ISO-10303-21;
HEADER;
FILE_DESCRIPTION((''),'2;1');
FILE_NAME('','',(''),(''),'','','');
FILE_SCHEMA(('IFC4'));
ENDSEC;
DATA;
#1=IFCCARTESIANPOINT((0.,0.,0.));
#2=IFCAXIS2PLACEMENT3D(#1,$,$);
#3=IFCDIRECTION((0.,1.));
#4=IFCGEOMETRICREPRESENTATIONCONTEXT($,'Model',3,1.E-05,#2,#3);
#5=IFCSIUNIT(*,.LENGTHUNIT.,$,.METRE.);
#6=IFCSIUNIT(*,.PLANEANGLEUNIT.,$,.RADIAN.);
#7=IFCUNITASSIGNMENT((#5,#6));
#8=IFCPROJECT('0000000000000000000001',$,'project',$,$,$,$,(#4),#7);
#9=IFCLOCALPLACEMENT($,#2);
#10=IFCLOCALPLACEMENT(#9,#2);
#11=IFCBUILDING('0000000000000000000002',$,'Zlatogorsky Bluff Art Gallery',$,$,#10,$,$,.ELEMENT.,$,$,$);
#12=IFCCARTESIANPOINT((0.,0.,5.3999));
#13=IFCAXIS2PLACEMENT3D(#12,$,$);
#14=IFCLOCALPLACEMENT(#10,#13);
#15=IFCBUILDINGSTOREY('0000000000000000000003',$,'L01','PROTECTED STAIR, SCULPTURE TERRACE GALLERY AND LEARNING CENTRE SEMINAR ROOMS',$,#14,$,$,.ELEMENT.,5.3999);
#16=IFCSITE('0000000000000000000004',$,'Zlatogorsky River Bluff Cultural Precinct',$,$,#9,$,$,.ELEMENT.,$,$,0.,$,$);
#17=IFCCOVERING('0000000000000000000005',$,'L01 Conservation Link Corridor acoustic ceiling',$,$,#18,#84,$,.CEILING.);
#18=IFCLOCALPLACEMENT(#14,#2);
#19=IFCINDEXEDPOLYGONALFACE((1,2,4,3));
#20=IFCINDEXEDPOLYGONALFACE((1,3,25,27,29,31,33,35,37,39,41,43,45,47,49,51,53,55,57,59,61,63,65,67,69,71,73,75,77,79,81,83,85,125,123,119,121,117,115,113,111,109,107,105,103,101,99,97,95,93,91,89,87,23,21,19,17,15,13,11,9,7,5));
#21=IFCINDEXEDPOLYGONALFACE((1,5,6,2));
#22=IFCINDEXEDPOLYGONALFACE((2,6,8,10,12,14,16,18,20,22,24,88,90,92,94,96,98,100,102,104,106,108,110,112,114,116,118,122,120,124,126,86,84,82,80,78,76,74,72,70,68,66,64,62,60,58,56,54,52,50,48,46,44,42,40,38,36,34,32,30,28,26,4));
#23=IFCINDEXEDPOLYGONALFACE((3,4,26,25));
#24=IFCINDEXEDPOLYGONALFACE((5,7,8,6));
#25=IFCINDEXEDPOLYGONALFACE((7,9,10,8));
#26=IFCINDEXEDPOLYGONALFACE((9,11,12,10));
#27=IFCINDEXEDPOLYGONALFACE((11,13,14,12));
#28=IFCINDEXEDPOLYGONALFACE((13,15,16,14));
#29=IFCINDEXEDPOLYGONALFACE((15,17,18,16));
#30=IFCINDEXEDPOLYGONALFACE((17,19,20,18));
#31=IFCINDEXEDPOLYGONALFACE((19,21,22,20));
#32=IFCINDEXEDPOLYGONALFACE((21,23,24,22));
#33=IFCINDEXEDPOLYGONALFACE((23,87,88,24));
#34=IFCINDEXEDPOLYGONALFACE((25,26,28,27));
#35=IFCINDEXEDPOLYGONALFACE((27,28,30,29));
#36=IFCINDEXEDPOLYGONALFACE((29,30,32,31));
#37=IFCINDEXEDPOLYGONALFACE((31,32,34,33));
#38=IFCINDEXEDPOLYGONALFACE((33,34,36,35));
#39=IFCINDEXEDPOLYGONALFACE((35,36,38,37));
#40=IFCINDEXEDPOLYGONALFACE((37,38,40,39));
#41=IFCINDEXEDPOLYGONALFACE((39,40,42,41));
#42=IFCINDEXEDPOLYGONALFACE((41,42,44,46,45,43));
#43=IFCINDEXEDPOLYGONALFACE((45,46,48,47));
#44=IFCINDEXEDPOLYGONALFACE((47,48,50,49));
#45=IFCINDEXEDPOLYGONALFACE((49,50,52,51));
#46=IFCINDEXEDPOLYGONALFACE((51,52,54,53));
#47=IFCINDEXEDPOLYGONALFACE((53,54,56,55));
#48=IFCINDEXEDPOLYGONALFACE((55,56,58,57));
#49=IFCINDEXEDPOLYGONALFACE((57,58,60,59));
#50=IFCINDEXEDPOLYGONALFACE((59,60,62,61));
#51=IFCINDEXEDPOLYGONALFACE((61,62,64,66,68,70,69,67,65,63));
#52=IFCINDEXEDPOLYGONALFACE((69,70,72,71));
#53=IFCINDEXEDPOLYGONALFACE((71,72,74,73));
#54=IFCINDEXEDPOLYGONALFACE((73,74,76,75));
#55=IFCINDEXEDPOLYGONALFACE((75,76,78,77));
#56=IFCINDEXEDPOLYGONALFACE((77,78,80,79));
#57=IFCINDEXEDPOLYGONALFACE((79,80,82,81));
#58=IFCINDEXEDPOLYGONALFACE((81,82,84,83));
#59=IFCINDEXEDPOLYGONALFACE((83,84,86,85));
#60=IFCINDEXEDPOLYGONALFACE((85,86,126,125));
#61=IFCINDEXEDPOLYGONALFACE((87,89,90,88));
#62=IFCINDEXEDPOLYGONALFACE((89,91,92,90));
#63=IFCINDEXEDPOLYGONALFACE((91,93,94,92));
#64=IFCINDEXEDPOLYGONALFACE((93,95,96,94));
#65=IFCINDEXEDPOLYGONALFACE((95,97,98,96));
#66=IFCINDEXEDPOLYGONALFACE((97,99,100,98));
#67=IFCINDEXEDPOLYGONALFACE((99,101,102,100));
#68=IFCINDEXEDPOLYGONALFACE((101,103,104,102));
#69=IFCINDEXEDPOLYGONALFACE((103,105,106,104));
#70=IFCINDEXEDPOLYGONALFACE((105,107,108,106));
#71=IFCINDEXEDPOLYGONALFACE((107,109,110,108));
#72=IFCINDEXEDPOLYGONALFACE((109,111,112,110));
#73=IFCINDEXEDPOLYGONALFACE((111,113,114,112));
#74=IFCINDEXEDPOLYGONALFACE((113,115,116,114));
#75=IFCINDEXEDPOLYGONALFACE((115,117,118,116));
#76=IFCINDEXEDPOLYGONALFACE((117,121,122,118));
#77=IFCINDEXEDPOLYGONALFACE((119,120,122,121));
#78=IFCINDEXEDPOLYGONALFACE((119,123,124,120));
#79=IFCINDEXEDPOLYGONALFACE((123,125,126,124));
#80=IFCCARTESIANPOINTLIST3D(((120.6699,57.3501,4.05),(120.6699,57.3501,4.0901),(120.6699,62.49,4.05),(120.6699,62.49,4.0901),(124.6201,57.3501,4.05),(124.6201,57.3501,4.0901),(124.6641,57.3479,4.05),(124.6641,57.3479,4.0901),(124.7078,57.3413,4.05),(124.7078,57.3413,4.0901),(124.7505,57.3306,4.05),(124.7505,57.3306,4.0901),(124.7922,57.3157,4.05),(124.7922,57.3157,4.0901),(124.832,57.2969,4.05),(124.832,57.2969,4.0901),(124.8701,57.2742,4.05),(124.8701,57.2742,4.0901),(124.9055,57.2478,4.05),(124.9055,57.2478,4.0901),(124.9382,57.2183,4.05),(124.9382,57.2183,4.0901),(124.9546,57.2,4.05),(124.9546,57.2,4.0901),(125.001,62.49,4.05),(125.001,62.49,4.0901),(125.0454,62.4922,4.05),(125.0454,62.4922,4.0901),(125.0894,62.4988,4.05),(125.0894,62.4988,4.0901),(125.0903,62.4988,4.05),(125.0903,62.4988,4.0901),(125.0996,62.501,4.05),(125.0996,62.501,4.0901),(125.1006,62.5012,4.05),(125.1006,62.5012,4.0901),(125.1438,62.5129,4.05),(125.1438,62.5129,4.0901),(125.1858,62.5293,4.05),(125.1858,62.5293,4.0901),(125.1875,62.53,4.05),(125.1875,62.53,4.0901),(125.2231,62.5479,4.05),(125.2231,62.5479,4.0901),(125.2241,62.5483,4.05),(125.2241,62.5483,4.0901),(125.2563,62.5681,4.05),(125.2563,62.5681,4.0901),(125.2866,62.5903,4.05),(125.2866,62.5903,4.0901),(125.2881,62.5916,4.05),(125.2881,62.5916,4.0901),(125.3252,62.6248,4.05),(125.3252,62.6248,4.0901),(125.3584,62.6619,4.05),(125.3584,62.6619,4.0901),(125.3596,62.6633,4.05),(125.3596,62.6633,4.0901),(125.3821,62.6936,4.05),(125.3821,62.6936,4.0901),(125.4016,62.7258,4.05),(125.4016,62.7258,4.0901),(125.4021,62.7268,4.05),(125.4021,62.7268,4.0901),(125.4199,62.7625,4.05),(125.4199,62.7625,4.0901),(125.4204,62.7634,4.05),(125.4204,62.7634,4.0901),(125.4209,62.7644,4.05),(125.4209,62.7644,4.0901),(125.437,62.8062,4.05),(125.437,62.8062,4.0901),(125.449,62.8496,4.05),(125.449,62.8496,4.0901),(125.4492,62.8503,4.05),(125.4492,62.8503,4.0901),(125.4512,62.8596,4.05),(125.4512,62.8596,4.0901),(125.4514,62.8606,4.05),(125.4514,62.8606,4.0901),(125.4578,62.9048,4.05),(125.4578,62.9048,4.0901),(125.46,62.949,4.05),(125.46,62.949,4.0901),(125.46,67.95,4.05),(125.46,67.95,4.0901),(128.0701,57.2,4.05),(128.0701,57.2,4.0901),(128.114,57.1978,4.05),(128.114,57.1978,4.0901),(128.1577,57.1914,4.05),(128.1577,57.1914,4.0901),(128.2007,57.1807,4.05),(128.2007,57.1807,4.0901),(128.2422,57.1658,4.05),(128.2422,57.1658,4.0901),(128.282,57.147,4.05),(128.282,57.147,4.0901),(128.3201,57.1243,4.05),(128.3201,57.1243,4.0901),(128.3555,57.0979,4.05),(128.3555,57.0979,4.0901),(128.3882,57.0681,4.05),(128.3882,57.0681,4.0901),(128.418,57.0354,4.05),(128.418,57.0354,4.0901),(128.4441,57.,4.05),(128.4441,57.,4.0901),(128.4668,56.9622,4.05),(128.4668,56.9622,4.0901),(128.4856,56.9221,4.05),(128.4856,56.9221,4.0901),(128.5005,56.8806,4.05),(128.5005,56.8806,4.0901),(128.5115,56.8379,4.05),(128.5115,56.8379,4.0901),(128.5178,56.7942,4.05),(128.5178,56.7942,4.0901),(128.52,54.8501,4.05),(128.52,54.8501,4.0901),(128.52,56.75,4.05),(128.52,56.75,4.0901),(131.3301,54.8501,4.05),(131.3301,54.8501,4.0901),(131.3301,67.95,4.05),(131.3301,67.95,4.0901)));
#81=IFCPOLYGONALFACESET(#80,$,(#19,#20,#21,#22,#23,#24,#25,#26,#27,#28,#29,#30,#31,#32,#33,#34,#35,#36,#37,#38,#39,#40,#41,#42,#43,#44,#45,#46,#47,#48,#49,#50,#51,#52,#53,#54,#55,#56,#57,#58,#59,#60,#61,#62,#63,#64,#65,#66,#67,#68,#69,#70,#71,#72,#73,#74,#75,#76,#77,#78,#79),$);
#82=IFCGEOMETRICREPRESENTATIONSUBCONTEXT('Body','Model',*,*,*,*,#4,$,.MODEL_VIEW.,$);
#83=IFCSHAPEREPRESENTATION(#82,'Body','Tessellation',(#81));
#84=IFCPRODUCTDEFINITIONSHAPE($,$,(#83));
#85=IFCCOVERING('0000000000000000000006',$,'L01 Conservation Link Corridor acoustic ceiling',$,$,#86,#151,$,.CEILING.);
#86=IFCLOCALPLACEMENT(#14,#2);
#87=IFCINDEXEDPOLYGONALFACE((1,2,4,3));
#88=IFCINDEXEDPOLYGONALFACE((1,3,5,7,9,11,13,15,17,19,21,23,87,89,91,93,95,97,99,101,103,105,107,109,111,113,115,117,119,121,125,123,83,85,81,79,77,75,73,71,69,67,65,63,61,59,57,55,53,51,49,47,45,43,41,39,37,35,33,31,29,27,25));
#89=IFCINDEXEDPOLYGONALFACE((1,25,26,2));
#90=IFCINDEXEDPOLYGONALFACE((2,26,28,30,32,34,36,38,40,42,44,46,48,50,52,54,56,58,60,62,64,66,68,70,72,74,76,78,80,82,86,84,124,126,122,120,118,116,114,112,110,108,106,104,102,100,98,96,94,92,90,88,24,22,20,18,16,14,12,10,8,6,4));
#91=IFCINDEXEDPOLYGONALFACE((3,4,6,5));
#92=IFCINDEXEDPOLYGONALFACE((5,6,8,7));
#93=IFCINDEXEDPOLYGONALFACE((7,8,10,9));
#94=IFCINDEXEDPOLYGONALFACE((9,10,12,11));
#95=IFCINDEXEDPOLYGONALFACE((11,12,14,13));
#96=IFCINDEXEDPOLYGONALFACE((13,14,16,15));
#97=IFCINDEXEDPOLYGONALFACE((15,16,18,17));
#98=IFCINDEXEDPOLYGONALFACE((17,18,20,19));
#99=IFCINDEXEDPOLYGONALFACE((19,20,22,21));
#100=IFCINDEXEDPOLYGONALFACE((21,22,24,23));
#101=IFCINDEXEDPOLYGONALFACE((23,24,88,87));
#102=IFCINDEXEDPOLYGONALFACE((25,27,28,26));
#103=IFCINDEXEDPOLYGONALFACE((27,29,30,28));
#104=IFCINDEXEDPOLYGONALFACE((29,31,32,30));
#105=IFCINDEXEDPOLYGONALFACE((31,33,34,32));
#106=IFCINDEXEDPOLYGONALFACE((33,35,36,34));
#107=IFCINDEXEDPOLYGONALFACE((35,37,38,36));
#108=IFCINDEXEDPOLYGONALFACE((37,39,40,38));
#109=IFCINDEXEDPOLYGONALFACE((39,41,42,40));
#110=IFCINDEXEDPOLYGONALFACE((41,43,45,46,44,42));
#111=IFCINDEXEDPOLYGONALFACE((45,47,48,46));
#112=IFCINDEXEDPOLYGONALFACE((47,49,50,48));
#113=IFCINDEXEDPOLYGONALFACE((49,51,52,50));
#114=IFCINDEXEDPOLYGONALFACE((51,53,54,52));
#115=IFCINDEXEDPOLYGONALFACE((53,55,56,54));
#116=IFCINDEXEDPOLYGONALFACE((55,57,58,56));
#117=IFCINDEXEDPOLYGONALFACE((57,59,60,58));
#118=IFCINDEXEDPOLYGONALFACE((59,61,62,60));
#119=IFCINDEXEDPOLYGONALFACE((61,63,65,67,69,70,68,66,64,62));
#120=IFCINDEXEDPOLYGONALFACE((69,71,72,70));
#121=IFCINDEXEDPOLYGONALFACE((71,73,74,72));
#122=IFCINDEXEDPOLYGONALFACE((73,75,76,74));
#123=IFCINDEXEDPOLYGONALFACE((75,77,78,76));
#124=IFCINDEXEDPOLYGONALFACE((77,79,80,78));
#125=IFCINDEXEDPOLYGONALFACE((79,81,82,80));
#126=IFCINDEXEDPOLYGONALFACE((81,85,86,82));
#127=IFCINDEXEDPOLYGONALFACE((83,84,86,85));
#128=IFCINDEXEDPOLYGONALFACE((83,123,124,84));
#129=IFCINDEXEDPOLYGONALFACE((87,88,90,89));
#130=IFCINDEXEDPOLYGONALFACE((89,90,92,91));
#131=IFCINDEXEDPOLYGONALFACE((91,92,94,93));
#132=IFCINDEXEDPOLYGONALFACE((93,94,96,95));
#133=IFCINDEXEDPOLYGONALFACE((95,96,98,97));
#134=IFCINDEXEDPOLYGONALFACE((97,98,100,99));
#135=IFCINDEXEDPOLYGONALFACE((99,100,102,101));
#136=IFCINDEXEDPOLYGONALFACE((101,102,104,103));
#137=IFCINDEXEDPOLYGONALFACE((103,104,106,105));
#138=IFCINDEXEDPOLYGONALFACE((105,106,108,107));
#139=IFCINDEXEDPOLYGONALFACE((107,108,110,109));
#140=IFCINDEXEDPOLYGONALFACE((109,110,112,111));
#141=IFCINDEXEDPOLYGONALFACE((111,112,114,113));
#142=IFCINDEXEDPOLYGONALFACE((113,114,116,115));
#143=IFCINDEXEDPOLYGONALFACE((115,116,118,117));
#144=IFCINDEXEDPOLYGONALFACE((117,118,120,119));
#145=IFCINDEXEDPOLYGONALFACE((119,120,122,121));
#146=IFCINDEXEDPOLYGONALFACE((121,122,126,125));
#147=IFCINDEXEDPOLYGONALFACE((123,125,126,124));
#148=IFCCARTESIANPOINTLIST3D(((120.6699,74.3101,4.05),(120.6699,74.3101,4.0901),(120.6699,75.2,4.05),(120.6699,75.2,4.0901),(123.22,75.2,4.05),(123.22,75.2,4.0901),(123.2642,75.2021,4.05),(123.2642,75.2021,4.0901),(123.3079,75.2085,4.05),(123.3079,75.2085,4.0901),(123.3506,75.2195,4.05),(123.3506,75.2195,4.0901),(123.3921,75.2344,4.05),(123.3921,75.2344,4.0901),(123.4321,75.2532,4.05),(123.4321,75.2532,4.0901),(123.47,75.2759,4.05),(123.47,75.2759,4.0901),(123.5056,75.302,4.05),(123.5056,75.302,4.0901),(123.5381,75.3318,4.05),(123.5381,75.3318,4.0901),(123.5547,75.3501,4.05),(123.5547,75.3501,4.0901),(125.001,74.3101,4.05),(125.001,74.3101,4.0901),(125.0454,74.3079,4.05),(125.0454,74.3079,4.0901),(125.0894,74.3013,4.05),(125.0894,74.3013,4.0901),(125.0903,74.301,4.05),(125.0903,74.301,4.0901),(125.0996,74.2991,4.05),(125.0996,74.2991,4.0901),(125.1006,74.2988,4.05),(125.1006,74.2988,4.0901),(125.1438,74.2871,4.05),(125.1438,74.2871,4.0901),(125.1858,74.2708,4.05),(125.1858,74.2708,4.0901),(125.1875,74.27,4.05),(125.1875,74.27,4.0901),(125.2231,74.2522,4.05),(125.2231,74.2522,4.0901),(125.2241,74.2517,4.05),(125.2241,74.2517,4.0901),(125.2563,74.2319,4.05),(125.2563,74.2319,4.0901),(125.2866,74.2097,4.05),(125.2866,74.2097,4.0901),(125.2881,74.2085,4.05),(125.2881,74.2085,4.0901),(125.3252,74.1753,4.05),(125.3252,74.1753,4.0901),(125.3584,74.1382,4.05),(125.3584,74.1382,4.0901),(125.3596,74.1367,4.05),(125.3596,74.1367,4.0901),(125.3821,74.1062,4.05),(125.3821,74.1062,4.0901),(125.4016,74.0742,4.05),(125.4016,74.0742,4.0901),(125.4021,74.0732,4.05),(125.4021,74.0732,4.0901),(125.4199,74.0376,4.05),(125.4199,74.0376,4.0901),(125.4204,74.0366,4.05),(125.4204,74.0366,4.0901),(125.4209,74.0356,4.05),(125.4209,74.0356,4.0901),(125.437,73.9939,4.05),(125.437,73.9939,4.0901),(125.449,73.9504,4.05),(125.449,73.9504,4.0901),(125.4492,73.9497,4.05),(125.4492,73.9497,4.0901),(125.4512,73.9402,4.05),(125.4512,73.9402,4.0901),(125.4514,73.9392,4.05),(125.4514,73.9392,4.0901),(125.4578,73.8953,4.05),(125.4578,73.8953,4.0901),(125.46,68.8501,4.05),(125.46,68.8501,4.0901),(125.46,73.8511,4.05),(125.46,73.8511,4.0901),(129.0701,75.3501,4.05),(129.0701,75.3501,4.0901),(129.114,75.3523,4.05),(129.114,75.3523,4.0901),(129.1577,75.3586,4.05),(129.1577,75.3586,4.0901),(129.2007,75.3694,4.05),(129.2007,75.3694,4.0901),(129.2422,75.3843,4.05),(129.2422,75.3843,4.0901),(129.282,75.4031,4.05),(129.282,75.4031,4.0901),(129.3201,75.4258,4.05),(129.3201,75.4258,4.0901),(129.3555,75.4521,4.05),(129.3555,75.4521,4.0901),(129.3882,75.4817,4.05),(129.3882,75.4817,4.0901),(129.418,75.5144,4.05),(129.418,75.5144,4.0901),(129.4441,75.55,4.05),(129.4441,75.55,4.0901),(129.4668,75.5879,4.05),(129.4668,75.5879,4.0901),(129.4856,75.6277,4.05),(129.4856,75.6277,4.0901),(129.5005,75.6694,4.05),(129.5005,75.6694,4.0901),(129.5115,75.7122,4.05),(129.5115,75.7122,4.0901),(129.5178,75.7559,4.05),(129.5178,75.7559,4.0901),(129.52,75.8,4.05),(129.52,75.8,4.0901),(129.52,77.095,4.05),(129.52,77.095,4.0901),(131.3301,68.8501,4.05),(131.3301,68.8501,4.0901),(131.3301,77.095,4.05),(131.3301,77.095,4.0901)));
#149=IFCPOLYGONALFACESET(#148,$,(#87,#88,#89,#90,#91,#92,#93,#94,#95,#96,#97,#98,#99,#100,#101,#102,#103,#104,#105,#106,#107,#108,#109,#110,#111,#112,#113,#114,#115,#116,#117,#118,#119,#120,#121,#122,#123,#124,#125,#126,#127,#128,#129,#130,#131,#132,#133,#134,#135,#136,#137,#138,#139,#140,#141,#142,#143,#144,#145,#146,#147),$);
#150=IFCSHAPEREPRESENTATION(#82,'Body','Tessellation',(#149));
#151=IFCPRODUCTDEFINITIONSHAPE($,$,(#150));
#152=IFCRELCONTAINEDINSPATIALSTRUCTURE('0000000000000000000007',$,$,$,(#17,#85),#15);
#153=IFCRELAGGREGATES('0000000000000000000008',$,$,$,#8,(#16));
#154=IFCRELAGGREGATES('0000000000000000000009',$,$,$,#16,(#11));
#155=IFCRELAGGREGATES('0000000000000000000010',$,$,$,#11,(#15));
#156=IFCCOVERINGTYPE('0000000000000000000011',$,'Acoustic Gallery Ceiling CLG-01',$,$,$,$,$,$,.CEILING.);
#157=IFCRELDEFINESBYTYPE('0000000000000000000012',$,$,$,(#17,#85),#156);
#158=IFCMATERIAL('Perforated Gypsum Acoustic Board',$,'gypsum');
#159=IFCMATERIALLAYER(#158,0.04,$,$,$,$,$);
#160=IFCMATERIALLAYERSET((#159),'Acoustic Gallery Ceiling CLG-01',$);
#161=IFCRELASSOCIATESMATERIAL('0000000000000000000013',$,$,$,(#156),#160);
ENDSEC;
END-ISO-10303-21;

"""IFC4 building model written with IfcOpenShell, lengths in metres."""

from ifc_helpers import new_model, si_unit, direction, frame, origin, place, context, subcontext, project, spatial, polyline, outline, extrude, material, layer, layer_set, type_object, element, save


model = new_model("IFC4")

# Units and contexts
model_context = context("Model", 3, precision=1e-05, world=origin(), true_north=direction((0.0, 1.0)))
body_context = subcontext(model_context, "Body", "Model", "MODEL_VIEW")
ifc_project = project(units=[si_unit("LENGTHUNIT", "METRE"), si_unit("PLANEANGLEUNIT", "RADIAN")], contexts=[model_context])

# Site, building, storey
site_placement = place(None, origin())
site = spatial("IfcSite", under=ifc_project, at=site_placement, Name="Zlatogorsky River Bluff Cultural Precinct", CompositionType="ELEMENT", RefElevation=0.0)
building_placement = place(site_placement, origin())
building = spatial("IfcBuilding", under=site, at=building_placement, Name="Zlatogorsky Bluff Art Gallery", CompositionType="ELEMENT")
storey_placement = place(building_placement, frame((0.0, 0.0, 5.3999)))
storey = spatial("IfcBuildingStorey", under=building, at=storey_placement, Name="L01", Description="PROTECTED STAIR, SCULPTURE TERRACE GALLERY AND LEARNING CENTRE SEMINAR ROOMS", CompositionType="ELEMENT", Elevation=5.3999)

# Coverings
ifc_material_1 = material(Name="Perforated Gypsum Acoustic Board", Category="gypsum")
ifc_layer_1 = layer(ifc_material_1, 0.04)
ifc_layer_set_1 = layer_set([ifc_layer_1], Name="Acoustic Gallery Ceiling CLG-01")
covering_type_1 = type_object("IfcCoveringType", Name="Acoustic Gallery Ceiling CLG-01", PredefinedType="CEILING", material=ifc_layer_set_1)
covering_1_placement = place(storey_placement, frame((0.0, 0.0, 4.05)))
element("IfcCovering", 1, at=covering_1_placement, inside=storey, type_object=covering_type_1, Name="L01 Conservation Link Corridor acoustic ceiling", PredefinedType="CEILING", context=body_context, shape_type="SweptSolid", body=[
    extrude(outline(polyline([(120.6699, 62.49), (125.001, 62.49), (125.0454, 62.4922), (125.0894, 62.4988), (125.0903, 62.4988), (125.0996, 62.501), (125.1006, 62.5012), (125.1438, 62.5129), (125.1858, 62.5293), (125.1875, 62.53), (125.2231, 62.5479), (125.2241, 62.5483), (125.2563, 62.5681), (125.2866, 62.5903), (125.2881, 62.5916), (125.3252, 62.6248), (125.3584, 62.6619), (125.3596, 62.6633), (125.3821, 62.6936), (125.4016, 62.7258), (125.4021, 62.7268), (125.4199, 62.7625), (125.4204, 62.7634), (125.4209, 62.7644), (125.437, 62.8062), (125.449, 62.8496), (125.4492, 62.8503), (125.4512, 62.8596), (125.4514, 62.8606), (125.4578, 62.9048), (125.46, 62.949), (125.46, 67.95), (131.3301, 67.95), (131.3301, 54.8501), (128.52, 54.8501), (128.52, 56.75), (128.5178, 56.7942), (128.5115, 56.8379), (128.5005, 56.8806), (128.4856, 56.9221), (128.4668, 56.9622), (128.4441, 57.0), (128.418, 57.0354), (128.3882, 57.0681), (128.3555, 57.0979), (128.3201, 57.1243), (128.282, 57.147), (128.2422, 57.1658), (128.2007, 57.1807), (128.1577, 57.1914), (128.114, 57.1978), (128.0701, 57.2), (124.9546, 57.2), (124.9382, 57.2183), (124.9055, 57.2478), (124.8701, 57.2742), (124.832, 57.2969), (124.7922, 57.3157), (124.7505, 57.3306), (124.7078, 57.3413), (124.6641, 57.3479), (124.6201, 57.3501), (120.6699, 57.3501), (120.6699, 62.49)])), origin(), (0.0, 0.0, 1.0), 0.04),
])
covering_2_placement = place(storey_placement, frame((0.0, 0.0, 4.05)))
element("IfcCovering", 2, at=covering_2_placement, inside=storey, type_object=covering_type_1, Name="L01 Conservation Link Corridor acoustic ceiling", PredefinedType="CEILING", context=body_context, shape_type="SweptSolid", body=[
    extrude(outline(polyline([(123.22, 75.2), (123.2642, 75.2021), (123.3079, 75.2085), (123.3506, 75.2195), (123.3921, 75.2344), (123.4321, 75.2532), (123.47, 75.2759), (123.5056, 75.302), (123.5381, 75.3318), (123.5547, 75.3501), (129.0701, 75.3501), (129.114, 75.3523), (129.1577, 75.3586), (129.2007, 75.3694), (129.2422, 75.3843), (129.282, 75.4031), (129.3201, 75.4258), (129.3555, 75.4521), (129.3882, 75.4817), (129.418, 75.5144), (129.4441, 75.55), (129.4668, 75.5879), (129.4856, 75.6277), (129.5005, 75.6694), (129.5115, 75.7122), (129.5178, 75.7559), (129.52, 75.8), (129.52, 77.095), (131.3301, 77.095), (131.3301, 68.8501), (125.46, 68.8501), (125.46, 73.8511), (125.4578, 73.8953), (125.4514, 73.9392), (125.4512, 73.9402), (125.4492, 73.9497), (125.449, 73.9504), (125.437, 73.9939), (125.4209, 74.0356), (125.4204, 74.0366), (125.4199, 74.0376), (125.4021, 74.0732), (125.4016, 74.0742), (125.3821, 74.1062), (125.3596, 74.1367), (125.3584, 74.1382), (125.3252, 74.1753), (125.2881, 74.2085), (125.2866, 74.2097), (125.2563, 74.2319), (125.2241, 74.2517), (125.2231, 74.2522), (125.1875, 74.27), (125.1858, 74.2708), (125.1438, 74.2871), (125.1006, 74.2988), (125.0996, 74.2991), (125.0903, 74.301), (125.0894, 74.3013), (125.0454, 74.3079), (125.001, 74.3101), (120.6699, 74.3101), (120.6699, 75.2), (123.22, 75.2)])), origin(), (0.0, 0.0, 1.0), 0.04),
])

save(model, "model.ifc")
